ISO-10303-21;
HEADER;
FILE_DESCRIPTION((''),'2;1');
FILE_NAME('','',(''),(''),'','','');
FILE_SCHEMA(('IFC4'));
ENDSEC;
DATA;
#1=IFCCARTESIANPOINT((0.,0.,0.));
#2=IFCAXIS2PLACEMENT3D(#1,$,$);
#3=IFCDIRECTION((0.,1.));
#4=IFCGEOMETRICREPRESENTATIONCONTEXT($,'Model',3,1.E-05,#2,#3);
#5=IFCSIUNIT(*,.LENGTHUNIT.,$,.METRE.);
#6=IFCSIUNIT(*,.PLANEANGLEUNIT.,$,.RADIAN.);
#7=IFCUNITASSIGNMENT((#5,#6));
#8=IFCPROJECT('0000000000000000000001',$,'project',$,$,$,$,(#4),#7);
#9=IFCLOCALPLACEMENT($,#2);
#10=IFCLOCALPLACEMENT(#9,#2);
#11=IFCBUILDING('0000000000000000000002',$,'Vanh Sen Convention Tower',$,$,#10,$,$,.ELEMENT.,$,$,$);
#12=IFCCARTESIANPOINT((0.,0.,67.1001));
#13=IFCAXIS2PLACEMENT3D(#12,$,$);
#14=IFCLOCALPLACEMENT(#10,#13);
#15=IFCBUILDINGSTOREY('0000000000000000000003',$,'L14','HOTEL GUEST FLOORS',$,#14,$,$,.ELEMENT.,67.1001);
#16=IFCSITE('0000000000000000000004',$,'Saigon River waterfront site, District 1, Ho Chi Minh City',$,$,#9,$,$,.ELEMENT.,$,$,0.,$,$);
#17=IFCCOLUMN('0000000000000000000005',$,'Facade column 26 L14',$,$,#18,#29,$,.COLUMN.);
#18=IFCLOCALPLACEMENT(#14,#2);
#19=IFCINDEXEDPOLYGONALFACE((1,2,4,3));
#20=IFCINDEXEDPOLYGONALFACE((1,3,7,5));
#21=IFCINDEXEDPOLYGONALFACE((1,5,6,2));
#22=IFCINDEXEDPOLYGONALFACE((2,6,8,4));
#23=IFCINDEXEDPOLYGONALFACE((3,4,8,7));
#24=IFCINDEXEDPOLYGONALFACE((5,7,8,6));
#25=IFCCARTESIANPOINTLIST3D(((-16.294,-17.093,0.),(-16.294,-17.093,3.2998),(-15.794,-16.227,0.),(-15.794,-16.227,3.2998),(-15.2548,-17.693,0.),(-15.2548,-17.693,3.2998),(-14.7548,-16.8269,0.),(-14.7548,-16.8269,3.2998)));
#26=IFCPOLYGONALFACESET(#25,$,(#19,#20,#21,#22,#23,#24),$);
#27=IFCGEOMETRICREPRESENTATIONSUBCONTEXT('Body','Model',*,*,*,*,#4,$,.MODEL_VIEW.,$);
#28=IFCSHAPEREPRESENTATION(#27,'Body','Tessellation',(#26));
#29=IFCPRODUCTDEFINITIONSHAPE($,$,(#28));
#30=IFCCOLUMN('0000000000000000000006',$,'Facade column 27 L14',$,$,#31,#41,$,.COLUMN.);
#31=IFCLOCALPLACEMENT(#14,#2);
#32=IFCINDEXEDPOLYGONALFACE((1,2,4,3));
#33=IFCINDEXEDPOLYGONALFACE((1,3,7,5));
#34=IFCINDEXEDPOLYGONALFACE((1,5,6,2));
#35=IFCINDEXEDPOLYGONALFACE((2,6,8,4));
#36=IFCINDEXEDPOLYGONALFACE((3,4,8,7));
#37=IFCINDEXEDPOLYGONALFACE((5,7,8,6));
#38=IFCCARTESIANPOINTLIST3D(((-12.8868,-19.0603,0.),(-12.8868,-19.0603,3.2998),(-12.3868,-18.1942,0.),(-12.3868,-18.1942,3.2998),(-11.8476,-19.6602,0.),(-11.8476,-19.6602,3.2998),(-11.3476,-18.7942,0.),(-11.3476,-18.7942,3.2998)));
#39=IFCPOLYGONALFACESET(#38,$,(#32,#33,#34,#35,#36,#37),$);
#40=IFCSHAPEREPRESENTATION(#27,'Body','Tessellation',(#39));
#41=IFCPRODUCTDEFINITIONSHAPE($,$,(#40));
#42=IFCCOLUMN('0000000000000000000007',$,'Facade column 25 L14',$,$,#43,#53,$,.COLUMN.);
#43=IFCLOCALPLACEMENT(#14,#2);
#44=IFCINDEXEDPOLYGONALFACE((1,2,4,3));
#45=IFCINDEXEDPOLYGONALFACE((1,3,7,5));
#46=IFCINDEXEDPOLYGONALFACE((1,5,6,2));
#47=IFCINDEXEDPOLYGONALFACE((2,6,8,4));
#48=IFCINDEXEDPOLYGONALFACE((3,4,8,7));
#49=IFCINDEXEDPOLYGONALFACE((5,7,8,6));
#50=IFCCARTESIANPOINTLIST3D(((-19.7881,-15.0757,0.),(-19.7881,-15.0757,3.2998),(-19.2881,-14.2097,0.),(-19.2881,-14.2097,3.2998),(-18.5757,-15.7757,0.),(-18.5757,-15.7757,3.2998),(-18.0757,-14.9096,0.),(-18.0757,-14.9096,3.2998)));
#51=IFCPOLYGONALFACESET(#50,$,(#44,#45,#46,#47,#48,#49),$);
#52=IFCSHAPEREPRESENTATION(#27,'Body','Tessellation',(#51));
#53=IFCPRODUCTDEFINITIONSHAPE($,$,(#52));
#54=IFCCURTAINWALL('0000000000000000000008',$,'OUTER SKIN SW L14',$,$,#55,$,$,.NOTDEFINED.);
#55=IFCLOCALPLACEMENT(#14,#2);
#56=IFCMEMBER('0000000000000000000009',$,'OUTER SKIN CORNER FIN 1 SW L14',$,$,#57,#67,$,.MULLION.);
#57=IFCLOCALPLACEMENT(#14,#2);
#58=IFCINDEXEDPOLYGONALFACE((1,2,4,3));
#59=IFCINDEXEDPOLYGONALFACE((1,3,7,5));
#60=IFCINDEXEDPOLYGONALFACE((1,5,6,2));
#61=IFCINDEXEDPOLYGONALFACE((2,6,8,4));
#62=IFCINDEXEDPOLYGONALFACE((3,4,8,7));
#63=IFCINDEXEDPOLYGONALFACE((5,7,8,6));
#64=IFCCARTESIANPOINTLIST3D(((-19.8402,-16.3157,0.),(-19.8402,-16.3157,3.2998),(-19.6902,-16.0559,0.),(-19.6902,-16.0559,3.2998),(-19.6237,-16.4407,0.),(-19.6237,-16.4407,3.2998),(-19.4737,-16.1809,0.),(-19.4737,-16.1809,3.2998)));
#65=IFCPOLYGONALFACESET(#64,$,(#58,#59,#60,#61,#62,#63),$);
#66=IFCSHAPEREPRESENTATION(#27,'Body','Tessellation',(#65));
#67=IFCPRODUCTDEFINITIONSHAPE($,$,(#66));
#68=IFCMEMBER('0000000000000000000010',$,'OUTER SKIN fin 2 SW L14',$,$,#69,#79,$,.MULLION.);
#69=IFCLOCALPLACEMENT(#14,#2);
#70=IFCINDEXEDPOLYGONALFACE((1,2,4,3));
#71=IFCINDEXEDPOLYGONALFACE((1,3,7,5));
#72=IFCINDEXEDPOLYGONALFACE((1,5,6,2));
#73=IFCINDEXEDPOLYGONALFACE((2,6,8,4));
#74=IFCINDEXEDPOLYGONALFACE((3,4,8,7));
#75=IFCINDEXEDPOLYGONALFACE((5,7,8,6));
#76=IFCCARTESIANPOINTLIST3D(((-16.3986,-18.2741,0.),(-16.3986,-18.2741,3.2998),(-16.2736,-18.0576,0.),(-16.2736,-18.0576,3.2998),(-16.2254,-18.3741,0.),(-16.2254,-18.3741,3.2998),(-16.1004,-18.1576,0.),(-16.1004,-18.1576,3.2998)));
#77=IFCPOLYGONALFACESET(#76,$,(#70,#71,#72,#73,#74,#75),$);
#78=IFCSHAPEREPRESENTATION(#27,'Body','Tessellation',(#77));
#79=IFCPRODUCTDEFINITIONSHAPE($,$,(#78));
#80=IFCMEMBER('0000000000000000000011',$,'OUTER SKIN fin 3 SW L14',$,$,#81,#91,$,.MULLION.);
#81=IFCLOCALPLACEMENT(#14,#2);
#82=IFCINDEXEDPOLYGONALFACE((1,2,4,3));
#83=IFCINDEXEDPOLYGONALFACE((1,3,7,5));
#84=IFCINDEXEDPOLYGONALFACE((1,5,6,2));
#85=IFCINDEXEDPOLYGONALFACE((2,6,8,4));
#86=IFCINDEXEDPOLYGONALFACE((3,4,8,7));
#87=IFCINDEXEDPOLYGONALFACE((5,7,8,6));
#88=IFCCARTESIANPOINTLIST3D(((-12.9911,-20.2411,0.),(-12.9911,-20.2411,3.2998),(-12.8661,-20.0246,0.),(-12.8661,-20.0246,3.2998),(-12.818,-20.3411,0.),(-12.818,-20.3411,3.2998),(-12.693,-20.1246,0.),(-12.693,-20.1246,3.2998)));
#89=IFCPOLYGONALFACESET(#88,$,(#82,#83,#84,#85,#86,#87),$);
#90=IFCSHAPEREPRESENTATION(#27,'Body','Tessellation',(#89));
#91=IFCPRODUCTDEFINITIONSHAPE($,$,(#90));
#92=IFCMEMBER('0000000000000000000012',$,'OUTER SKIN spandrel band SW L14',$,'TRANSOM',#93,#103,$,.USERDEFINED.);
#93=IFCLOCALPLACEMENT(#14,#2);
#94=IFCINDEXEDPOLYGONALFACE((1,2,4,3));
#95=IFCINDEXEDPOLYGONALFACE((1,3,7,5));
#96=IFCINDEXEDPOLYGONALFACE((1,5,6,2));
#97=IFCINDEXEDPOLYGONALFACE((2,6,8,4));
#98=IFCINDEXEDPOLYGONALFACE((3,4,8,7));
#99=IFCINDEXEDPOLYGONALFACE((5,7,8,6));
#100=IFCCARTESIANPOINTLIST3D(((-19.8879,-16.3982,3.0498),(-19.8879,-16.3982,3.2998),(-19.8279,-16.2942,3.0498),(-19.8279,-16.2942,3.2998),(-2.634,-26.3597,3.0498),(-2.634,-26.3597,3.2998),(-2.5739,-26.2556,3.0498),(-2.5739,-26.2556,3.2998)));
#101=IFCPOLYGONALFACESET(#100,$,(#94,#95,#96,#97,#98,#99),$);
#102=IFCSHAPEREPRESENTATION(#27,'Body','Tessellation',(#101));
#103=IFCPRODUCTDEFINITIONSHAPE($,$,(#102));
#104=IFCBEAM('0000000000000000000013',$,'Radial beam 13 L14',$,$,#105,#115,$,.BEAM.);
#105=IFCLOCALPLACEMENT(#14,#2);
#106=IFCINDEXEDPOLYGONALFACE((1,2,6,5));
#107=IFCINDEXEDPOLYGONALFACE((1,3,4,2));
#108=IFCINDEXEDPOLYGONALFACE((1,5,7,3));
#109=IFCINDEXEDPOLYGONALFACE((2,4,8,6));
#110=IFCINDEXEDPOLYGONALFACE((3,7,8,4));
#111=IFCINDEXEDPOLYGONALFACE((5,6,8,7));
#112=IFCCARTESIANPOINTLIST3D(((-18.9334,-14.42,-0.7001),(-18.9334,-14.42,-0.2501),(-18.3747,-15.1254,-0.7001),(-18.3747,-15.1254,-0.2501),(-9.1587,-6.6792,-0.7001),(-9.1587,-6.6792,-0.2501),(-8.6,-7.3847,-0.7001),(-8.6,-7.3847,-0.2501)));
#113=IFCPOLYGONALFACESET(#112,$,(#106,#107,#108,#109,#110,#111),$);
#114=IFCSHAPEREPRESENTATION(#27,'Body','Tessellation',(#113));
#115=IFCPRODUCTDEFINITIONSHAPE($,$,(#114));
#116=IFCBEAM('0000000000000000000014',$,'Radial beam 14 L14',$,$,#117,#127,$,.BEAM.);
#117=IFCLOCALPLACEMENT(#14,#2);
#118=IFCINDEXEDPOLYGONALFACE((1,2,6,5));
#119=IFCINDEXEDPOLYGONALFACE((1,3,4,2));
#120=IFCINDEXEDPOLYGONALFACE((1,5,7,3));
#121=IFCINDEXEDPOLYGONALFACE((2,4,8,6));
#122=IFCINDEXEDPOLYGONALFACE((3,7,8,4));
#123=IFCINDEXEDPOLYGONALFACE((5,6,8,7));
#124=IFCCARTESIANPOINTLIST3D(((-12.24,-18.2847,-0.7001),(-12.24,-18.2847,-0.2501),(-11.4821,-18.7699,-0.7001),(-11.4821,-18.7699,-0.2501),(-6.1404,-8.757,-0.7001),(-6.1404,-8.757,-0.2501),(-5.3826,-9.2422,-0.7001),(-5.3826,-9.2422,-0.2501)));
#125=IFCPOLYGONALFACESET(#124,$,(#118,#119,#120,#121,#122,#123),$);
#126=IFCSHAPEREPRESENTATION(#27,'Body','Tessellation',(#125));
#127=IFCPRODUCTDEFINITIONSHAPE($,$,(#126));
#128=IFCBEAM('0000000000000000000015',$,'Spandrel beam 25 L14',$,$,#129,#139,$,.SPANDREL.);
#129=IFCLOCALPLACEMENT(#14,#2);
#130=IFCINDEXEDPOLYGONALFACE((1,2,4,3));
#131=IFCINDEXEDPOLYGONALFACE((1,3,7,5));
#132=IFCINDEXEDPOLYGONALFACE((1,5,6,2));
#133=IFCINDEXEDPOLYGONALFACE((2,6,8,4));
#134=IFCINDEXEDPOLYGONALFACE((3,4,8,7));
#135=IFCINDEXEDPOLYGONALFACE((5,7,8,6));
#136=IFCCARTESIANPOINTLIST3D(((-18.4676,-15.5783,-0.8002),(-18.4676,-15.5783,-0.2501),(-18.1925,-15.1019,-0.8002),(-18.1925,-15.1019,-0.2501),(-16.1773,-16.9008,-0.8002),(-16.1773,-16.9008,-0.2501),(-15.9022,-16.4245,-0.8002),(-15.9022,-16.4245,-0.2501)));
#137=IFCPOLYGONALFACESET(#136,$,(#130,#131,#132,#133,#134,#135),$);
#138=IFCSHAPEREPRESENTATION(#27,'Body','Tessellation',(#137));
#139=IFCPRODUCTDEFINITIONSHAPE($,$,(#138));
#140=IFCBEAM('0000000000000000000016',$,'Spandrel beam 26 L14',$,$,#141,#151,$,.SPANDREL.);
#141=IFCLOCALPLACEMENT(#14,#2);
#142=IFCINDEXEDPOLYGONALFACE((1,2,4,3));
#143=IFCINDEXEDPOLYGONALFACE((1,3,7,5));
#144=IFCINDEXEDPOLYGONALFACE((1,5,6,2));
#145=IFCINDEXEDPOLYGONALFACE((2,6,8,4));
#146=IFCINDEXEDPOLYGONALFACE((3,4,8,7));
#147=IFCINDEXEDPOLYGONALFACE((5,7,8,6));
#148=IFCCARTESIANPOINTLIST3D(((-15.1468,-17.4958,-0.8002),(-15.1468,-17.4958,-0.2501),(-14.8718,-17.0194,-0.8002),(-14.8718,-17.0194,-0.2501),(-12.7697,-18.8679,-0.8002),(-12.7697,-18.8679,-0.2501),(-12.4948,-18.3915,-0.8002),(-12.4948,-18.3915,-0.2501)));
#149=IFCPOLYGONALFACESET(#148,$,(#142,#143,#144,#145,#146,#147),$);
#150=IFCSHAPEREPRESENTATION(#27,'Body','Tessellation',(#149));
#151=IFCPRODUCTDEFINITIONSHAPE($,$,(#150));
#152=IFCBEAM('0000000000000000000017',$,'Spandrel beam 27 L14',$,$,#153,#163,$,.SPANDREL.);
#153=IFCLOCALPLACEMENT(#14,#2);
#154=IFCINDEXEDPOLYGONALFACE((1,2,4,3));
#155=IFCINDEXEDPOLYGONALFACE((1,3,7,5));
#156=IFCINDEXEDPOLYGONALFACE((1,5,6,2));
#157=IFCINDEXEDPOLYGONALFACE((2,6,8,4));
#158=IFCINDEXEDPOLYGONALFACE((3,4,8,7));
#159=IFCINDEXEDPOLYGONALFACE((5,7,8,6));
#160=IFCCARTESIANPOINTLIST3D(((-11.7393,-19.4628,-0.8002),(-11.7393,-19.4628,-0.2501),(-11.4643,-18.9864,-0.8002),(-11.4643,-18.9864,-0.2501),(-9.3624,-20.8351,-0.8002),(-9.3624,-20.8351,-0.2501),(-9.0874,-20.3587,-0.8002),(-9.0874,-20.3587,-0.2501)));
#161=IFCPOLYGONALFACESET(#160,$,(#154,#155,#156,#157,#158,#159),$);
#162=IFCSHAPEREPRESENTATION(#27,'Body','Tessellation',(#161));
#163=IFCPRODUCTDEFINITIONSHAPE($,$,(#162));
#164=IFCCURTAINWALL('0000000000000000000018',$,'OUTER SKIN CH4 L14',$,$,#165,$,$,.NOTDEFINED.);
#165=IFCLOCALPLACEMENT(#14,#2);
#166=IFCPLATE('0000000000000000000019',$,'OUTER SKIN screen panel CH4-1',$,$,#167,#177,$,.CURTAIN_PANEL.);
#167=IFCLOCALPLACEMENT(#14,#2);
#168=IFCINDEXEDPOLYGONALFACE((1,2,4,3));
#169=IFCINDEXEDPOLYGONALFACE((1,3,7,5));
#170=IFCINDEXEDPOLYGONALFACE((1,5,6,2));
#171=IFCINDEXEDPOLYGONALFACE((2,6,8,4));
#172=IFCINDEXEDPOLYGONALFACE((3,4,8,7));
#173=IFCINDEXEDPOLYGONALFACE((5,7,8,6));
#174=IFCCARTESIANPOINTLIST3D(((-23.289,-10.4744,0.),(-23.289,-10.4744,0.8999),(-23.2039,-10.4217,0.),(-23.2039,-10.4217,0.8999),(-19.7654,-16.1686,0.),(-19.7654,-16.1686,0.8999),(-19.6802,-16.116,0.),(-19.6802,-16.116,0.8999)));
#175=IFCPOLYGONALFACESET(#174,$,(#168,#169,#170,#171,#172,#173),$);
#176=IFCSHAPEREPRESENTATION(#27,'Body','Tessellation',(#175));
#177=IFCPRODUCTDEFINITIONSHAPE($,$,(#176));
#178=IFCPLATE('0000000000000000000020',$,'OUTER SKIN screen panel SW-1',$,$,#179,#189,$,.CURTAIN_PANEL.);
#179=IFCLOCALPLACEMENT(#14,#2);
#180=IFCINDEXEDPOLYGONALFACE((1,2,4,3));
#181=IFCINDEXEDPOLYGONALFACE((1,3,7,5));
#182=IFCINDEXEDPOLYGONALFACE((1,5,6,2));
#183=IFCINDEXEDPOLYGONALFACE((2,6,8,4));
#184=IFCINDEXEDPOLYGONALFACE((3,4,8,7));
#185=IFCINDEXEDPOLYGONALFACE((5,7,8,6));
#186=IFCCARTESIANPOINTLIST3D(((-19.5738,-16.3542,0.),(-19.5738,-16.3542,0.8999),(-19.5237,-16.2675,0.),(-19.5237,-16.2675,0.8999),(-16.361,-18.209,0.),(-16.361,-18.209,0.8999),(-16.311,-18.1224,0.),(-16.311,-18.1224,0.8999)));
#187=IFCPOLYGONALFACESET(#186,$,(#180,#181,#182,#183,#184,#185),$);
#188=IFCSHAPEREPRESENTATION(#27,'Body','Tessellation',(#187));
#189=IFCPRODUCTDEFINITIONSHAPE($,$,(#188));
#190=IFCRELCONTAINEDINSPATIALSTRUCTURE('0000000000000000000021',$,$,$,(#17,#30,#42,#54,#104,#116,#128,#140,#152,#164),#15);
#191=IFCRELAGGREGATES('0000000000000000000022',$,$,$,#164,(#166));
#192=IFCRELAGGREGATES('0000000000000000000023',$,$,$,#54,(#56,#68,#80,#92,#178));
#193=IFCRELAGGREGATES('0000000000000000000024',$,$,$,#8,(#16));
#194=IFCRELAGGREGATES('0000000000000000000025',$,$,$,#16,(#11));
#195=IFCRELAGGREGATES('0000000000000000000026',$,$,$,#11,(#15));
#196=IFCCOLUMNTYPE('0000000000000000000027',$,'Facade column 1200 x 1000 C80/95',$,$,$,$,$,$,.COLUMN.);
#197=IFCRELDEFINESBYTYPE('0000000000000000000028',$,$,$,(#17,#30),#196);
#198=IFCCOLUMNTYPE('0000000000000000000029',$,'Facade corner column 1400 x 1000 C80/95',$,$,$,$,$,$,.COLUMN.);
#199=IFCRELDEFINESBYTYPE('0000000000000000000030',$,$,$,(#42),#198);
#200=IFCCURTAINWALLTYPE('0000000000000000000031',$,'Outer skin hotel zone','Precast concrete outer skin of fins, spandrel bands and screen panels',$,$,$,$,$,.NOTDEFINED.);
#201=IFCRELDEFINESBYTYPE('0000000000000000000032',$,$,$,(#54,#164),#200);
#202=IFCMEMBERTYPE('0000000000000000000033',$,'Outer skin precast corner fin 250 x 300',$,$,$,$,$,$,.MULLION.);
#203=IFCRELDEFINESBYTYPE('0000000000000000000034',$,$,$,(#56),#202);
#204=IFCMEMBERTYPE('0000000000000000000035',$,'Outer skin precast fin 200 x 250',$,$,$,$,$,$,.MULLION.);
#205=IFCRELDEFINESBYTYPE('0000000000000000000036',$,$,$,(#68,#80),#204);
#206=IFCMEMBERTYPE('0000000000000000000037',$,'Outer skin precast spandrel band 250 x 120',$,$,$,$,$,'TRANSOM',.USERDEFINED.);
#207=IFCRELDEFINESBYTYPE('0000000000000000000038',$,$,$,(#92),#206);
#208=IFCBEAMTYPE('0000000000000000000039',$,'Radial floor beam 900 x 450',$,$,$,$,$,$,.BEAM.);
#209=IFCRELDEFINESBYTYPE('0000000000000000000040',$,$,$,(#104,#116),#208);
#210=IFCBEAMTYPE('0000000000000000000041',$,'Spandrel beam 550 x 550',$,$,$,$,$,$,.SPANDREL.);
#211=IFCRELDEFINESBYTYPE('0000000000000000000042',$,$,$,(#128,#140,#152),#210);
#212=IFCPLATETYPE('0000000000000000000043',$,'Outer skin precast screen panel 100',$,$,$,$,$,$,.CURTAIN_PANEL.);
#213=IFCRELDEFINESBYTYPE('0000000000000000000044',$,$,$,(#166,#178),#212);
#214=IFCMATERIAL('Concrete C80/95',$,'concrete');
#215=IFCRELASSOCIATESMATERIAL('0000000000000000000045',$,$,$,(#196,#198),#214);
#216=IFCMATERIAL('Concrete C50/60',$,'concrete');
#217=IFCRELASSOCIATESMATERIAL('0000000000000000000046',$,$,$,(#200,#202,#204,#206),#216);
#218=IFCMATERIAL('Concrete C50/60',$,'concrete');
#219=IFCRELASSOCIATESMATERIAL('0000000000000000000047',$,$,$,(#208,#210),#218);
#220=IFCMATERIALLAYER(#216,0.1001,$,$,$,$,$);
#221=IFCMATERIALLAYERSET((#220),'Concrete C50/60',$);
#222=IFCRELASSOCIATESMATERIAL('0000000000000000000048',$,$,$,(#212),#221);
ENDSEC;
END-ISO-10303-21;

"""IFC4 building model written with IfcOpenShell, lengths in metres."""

from ifc_helpers import new_model, si_unit, direction, frame, origin, origin_2d, place, context, subcontext, project, spatial, rectangle, extrude, material, layer, layer_set, material_profile, profile_set, type_object, element, aggregate, save


model = new_model("IFC4")

# Units and contexts
model_context = context("Model", 3, precision=1e-05, world=origin(), true_north=direction((0.0, 1.0)))
body_context = subcontext(model_context, "Body", "Model", "MODEL_VIEW")
ifc_project = project(units=[si_unit("LENGTHUNIT", "METRE"), si_unit("PLANEANGLEUNIT", "RADIAN")], contexts=[model_context])

# Site, building, storey
site_placement = place(None, origin())
site = spatial("IfcSite", under=ifc_project, at=site_placement, Name="Saigon River waterfront site, District 1, Ho Chi Minh City", CompositionType="ELEMENT", RefElevation=0.0)
building_placement = place(site_placement, origin())
building = spatial("IfcBuilding", under=site, at=building_placement, Name="Vanh Sen Convention Tower", CompositionType="ELEMENT")
storey_placement = place(building_placement, frame((0.0, 0.0, 67.1001)))
storey = spatial("IfcBuildingStorey", under=building, at=storey_placement, Name="L14", Description="HOTEL GUEST FLOORS", CompositionType="ELEMENT", Elevation=67.1001)

# Columns
ifc_material_1 = material(Name="Concrete C80/95", Category="concrete")
ifc_material_profile_1 = material_profile(ifc_material_1, rectangle(XDim=1.2, YDim=1.0, at=origin_2d()), Name="RC 1200X1000")
ifc_profile_set_1 = profile_set([ifc_material_profile_1], Name="Concrete C80/95")
column_type_1 = type_object("IfcColumnType", Name="Facade column 1200 x 1000 C80/95", PredefinedType="COLUMN", material=ifc_profile_set_1)
for number, where, z_axis, x_axis, name in (
    (1, (-15.5244, -16.96, 0.0), (0.0, 0.0, 1.0), (0.866025, -0.5, 0.0), "Facade column 26 L14"),
    (2, (-12.1172, -18.9272, 0.0), (0.0, 0.0, 1.0), (0.866025, -0.5, 0.0), "Facade column 27 L14"),
):
    element("IfcColumn", number, at=place(storey_placement, frame(where, z_axis=z_axis, x_axis=x_axis)), inside=storey, type_object=column_type_1, Name=name, PredefinedType="COLUMN", context=body_context, shape_type="SweptSolid", body=[
        extrude(rectangle(XDim=1.2, YDim=1.0, at=origin_2d()), origin(), (0.0, 0.0, 1.0), 3.2998),
    ])
ifc_material_profile_2 = material_profile(ifc_material_1, rectangle(XDim=1.3999, YDim=1.0, at=origin_2d()), Name="RC 1400X1000")
ifc_profile_set_2 = profile_set([ifc_material_profile_2], Name="Concrete C80/95")
column_type_2 = type_object("IfcColumnType", Name="Facade corner column 1400 x 1000 C80/95", PredefinedType="COLUMN", material=ifc_profile_set_2)
column_placement = place(storey_placement, frame((-18.9319, -14.9927, 0.0), z_axis=(0.0, 0.0, 1.0), x_axis=(0.866025, -0.5, 0.0)))
element("IfcColumn", 3, at=column_placement, inside=storey, type_object=column_type_2, Name="Facade column 25 L14", PredefinedType="COLUMN", context=body_context, shape_type="SweptSolid", body=[
    extrude(rectangle(XDim=1.3999, YDim=1.0, at=origin_2d()), origin(), (0.0, 0.0, 1.0), 3.2998),
])

# Curtain wall, members
ifc_material_2 = material(Name="Concrete C50/60", Category="concrete")
curtain_wall_type = type_object("IfcCurtainWallType", Name="Outer skin hotel zone", Description="Precast concrete outer skin of fins, spandrel bands and screen panels", PredefinedType="NOTDEFINED", material=ifc_material_2)
curtain_wall_1_placement = place(storey_placement, origin())
curtain_wall_1 = element("IfcCurtainWall", 4, at=curtain_wall_1_placement, inside=storey, type_object=curtain_wall_type, Name="OUTER SKIN SW L14", PredefinedType="NOTDEFINED")
ifc_material_profile_3 = material_profile(ifc_material_2, rectangle(XDim=0.25, YDim=0.3, at=origin_2d()), Name="Outer skin precast corner fin 250 x 300")
ifc_profile_set_3 = profile_set([ifc_material_profile_3], Name="Concrete C50/60")
member_type_1 = type_object("IfcMemberType", Name="Outer skin precast corner fin 250 x 300", PredefinedType="MULLION", material=ifc_profile_set_3)
member_1_placement = place(storey_placement, frame((-19.657, -16.2483, 0.0), z_axis=(0.0, 0.0, 1.0), x_axis=(0.866025, -0.5, 0.0)))
member_1 = element("IfcMember", 5, at=member_1_placement, type_object=member_type_1, Name="OUTER SKIN CORNER FIN 1 SW L14", PredefinedType="MULLION", context=body_context, shape_type="SweptSolid", body=[
    extrude(rectangle(XDim=0.25, YDim=0.3, at=origin_2d()), origin(), (0.0, 0.0, 1.0), 3.2998),
])
ifc_material_profile_4 = material_profile(ifc_material_2, rectangle(XDim=0.2, YDim=0.25, at=origin_2d()), Name="Outer skin precast fin 200 x 250")
ifc_profile_set_4 = profile_set([ifc_material_profile_4], Name="Concrete C50/60")
member_type_2 = type_object("IfcMemberType", Name="Outer skin precast fin 200 x 250", PredefinedType="MULLION", material=ifc_profile_set_4)
member_2_placement = place(storey_placement, frame((-16.2495, -18.2158, 0.0), z_axis=(0.0, 0.0, 1.0), x_axis=(0.866025, -0.5, 0.0)))
member_2 = element("IfcMember", 6, at=member_2_placement, type_object=member_type_2, Name="OUTER SKIN fin 2 SW L14", PredefinedType="MULLION", context=body_context, shape_type="SweptSolid", body=[
    extrude(rectangle(XDim=0.2, YDim=0.25, at=origin_2d()), origin(), (0.0, 0.0, 1.0), 3.2998),
])
member_3_placement = place(storey_placement, frame((-12.842, -20.1829, 0.0), z_axis=(0.0, 0.0, 1.0), x_axis=(0.866025, -0.5, 0.0)))
member_3 = element("IfcMember", 7, at=member_3_placement, type_object=member_type_2, Name="OUTER SKIN fin 3 SW L14", PredefinedType="MULLION", context=body_context, shape_type="SweptSolid", body=[
    extrude(rectangle(XDim=0.2, YDim=0.25, at=origin_2d()), origin(), (0.0, 0.0, 1.0), 3.2998),
])
ifc_material_profile_5 = material_profile(ifc_material_2, rectangle(XDim=0.1201, YDim=0.25, at=origin_2d()), Name="Outer skin precast spandrel band 250 x 120")
ifc_profile_set_5 = profile_set([ifc_material_profile_5], Name="Concrete C50/60")
member_type_3 = type_object("IfcMemberType", Name="Outer skin precast spandrel band 250 x 120", ElementType="TRANSOM", PredefinedType="USERDEFINED", material=ifc_profile_set_5)
member_4_placement = place(storey_placement, frame((-19.8579, -16.3462, 3.1748), z_axis=(0.866028, -0.499995, 0.0), x_axis=(0.499995, 0.866028, 0.0)))
member_4 = element("IfcMember", 8, at=member_4_placement, type_object=member_type_3, Name="OUTER SKIN spandrel band SW L14", ObjectType="TRANSOM", PredefinedType="USERDEFINED", context=body_context, shape_type="SweptSolid", body=[
    extrude(rectangle(XDim=0.1201, YDim=0.25, at=origin_2d()), origin(), (0.0, 0.0, 1.0), 19.9231),
])

# Beams
ifc_material_3 = material(Name="Concrete C50/60", Category="concrete")
ifc_material_profile_6 = material_profile(ifc_material_3, rectangle(XDim=0.8999, YDim=0.45, at=origin_2d()), Name="RC 900X450")
ifc_profile_set_6 = profile_set([ifc_material_profile_6], Name="Concrete C50/60")
beam_type_1 = type_object("IfcBeamType", Name="Radial floor beam 900 x 450", PredefinedType="BEAM", material=ifc_profile_set_6)
beam_1_placement = place(storey_placement, frame((-18.6541, -14.7727, -0.4751), z_axis=(0.78395, 0.620824, 0.0), x_axis=(-0.620824, 0.78395, 0.0)))
element("IfcBeam", 9, at=beam_1_placement, inside=storey, type_object=beam_type_1, Name="Radial beam 13 L14", PredefinedType="BEAM", context=body_context, shape_type="SweptSolid", body=[
    extrude(rectangle(XDim=0.8999, YDim=0.45, at=origin_2d()), origin(), (0.0, 0.0, 1.0), 12.4685),
])
beam_2_placement = place(storey_placement, frame((-11.8611, -18.5273, -0.4751), z_axis=(0.539166, 0.842199, 0.0), x_axis=(-0.842199, 0.539166, 0.0)))
element("IfcBeam", 10, at=beam_2_placement, inside=storey, type_object=beam_type_1, Name="Radial beam 14 L14", PredefinedType="BEAM", context=body_context, shape_type="SweptSolid", body=[
    extrude(rectangle(XDim=0.8999, YDim=0.45, at=origin_2d()), origin(), (0.0, 0.0, 1.0), 11.313),
])
ifc_material_profile_7 = material_profile(ifc_material_3, rectangle(XDim=0.55, YDim=0.55, at=origin_2d()), Name="RC 550X550")
ifc_profile_set_7 = profile_set([ifc_material_profile_7], Name="Concrete C50/60")
beam_type_2 = type_object("IfcBeamType", Name="Spandrel beam 550 x 550", PredefinedType="SPANDREL", material=ifc_profile_set_7)
beam_3_placement = place(storey_placement, frame((-18.3301, -15.3401, -0.5251), z_axis=(0.86599, -0.500061, 0.0), x_axis=(0.500061, 0.86599, 0.0)))
element("IfcBeam", 11, at=beam_3_placement, inside=storey, type_object=beam_type_2, Name="Spandrel beam 25 L14", PredefinedType="SPANDREL", context=body_context, shape_type="SweptSolid", body=[
    extrude(rectangle(XDim=0.55, YDim=0.55, at=origin_2d()), origin(), (0.0, 0.0, 1.0), 2.6448),
])
for number, where, z_axis, x_axis, name in (
    (12, (-15.0093, -17.2576, -0.5251), (0.866067, -0.499928, 0.0), (0.499928, 0.866067, 0.0), "Spandrel beam 26 L14"),
    (13, (-11.6018, -19.2246, -0.5251), (0.866029, -0.499995, 0.0), (0.499995, 0.866029, 0.0), "Spandrel beam 27 L14"),
):
    element("IfcBeam", number, at=place(storey_placement, frame(where, z_axis=z_axis, x_axis=x_axis)), inside=storey, type_object=beam_type_2, Name=name, PredefinedType="SPANDREL", context=body_context, shape_type="SweptSolid", body=[
        extrude(rectangle(XDim=0.55, YDim=0.55, at=origin_2d()), origin(), (0.0, 0.0, 1.0), 2.7446),
    ])

# Curtain wall, plate
curtain_wall_2_placement = place(storey_placement, origin())
curtain_wall_2 = element("IfcCurtainWall", 14, at=curtain_wall_2_placement, inside=storey, type_object=curtain_wall_type, Name="OUTER SKIN CH4 L14", PredefinedType="NOTDEFINED")
ifc_layer_1 = layer(ifc_material_2, 0.1001)
ifc_layer_set_1 = layer_set([ifc_layer_1], Name="Concrete C50/60")
plate_type = type_object("IfcPlateType", Name="Outer skin precast screen panel 100", PredefinedType="CURTAIN_PANEL", material=ifc_layer_set_1)
plate_1_placement = place(storey_placement, frame((-21.4846, -13.2952, 0.0), z_axis=(0.0, 0.0, 1.0), x_axis=(0.526205, -0.850358, 0.0)))
plate_1 = element("IfcPlate", 15, at=plate_1_placement, type_object=plate_type, Name="OUTER SKIN screen panel CH4-1", PredefinedType="CURTAIN_PANEL", context=body_context, shape_type="SweptSolid", body=[
    extrude(rectangle(XDim=6.6963, YDim=0.1001, at=origin_2d()), origin(), (0.0, 0.0, 1.0), 0.8999),
])
aggregate(curtain_wall_2, [plate_1])

# Plate
plate_2_placement = place(storey_placement, frame((-17.9424, -17.2383, 0.0), z_axis=(0.0, 0.0, 1.0), x_axis=(0.866028, -0.499995, 0.0)))
plate_2 = element("IfcPlate", 16, at=plate_2_placement, type_object=plate_type, Name="OUTER SKIN screen panel SW-1", PredefinedType="CURTAIN_PANEL", context=body_context, shape_type="SweptSolid", body=[
    extrude(rectangle(XDim=3.7097, YDim=0.1001, at=origin_2d()), origin(), (0.0, 0.0, 1.0), 0.8999),
])
aggregate(curtain_wall_1, [member_1, member_2, member_3, member_4, plate_2])

save(model, "model.ifc")
